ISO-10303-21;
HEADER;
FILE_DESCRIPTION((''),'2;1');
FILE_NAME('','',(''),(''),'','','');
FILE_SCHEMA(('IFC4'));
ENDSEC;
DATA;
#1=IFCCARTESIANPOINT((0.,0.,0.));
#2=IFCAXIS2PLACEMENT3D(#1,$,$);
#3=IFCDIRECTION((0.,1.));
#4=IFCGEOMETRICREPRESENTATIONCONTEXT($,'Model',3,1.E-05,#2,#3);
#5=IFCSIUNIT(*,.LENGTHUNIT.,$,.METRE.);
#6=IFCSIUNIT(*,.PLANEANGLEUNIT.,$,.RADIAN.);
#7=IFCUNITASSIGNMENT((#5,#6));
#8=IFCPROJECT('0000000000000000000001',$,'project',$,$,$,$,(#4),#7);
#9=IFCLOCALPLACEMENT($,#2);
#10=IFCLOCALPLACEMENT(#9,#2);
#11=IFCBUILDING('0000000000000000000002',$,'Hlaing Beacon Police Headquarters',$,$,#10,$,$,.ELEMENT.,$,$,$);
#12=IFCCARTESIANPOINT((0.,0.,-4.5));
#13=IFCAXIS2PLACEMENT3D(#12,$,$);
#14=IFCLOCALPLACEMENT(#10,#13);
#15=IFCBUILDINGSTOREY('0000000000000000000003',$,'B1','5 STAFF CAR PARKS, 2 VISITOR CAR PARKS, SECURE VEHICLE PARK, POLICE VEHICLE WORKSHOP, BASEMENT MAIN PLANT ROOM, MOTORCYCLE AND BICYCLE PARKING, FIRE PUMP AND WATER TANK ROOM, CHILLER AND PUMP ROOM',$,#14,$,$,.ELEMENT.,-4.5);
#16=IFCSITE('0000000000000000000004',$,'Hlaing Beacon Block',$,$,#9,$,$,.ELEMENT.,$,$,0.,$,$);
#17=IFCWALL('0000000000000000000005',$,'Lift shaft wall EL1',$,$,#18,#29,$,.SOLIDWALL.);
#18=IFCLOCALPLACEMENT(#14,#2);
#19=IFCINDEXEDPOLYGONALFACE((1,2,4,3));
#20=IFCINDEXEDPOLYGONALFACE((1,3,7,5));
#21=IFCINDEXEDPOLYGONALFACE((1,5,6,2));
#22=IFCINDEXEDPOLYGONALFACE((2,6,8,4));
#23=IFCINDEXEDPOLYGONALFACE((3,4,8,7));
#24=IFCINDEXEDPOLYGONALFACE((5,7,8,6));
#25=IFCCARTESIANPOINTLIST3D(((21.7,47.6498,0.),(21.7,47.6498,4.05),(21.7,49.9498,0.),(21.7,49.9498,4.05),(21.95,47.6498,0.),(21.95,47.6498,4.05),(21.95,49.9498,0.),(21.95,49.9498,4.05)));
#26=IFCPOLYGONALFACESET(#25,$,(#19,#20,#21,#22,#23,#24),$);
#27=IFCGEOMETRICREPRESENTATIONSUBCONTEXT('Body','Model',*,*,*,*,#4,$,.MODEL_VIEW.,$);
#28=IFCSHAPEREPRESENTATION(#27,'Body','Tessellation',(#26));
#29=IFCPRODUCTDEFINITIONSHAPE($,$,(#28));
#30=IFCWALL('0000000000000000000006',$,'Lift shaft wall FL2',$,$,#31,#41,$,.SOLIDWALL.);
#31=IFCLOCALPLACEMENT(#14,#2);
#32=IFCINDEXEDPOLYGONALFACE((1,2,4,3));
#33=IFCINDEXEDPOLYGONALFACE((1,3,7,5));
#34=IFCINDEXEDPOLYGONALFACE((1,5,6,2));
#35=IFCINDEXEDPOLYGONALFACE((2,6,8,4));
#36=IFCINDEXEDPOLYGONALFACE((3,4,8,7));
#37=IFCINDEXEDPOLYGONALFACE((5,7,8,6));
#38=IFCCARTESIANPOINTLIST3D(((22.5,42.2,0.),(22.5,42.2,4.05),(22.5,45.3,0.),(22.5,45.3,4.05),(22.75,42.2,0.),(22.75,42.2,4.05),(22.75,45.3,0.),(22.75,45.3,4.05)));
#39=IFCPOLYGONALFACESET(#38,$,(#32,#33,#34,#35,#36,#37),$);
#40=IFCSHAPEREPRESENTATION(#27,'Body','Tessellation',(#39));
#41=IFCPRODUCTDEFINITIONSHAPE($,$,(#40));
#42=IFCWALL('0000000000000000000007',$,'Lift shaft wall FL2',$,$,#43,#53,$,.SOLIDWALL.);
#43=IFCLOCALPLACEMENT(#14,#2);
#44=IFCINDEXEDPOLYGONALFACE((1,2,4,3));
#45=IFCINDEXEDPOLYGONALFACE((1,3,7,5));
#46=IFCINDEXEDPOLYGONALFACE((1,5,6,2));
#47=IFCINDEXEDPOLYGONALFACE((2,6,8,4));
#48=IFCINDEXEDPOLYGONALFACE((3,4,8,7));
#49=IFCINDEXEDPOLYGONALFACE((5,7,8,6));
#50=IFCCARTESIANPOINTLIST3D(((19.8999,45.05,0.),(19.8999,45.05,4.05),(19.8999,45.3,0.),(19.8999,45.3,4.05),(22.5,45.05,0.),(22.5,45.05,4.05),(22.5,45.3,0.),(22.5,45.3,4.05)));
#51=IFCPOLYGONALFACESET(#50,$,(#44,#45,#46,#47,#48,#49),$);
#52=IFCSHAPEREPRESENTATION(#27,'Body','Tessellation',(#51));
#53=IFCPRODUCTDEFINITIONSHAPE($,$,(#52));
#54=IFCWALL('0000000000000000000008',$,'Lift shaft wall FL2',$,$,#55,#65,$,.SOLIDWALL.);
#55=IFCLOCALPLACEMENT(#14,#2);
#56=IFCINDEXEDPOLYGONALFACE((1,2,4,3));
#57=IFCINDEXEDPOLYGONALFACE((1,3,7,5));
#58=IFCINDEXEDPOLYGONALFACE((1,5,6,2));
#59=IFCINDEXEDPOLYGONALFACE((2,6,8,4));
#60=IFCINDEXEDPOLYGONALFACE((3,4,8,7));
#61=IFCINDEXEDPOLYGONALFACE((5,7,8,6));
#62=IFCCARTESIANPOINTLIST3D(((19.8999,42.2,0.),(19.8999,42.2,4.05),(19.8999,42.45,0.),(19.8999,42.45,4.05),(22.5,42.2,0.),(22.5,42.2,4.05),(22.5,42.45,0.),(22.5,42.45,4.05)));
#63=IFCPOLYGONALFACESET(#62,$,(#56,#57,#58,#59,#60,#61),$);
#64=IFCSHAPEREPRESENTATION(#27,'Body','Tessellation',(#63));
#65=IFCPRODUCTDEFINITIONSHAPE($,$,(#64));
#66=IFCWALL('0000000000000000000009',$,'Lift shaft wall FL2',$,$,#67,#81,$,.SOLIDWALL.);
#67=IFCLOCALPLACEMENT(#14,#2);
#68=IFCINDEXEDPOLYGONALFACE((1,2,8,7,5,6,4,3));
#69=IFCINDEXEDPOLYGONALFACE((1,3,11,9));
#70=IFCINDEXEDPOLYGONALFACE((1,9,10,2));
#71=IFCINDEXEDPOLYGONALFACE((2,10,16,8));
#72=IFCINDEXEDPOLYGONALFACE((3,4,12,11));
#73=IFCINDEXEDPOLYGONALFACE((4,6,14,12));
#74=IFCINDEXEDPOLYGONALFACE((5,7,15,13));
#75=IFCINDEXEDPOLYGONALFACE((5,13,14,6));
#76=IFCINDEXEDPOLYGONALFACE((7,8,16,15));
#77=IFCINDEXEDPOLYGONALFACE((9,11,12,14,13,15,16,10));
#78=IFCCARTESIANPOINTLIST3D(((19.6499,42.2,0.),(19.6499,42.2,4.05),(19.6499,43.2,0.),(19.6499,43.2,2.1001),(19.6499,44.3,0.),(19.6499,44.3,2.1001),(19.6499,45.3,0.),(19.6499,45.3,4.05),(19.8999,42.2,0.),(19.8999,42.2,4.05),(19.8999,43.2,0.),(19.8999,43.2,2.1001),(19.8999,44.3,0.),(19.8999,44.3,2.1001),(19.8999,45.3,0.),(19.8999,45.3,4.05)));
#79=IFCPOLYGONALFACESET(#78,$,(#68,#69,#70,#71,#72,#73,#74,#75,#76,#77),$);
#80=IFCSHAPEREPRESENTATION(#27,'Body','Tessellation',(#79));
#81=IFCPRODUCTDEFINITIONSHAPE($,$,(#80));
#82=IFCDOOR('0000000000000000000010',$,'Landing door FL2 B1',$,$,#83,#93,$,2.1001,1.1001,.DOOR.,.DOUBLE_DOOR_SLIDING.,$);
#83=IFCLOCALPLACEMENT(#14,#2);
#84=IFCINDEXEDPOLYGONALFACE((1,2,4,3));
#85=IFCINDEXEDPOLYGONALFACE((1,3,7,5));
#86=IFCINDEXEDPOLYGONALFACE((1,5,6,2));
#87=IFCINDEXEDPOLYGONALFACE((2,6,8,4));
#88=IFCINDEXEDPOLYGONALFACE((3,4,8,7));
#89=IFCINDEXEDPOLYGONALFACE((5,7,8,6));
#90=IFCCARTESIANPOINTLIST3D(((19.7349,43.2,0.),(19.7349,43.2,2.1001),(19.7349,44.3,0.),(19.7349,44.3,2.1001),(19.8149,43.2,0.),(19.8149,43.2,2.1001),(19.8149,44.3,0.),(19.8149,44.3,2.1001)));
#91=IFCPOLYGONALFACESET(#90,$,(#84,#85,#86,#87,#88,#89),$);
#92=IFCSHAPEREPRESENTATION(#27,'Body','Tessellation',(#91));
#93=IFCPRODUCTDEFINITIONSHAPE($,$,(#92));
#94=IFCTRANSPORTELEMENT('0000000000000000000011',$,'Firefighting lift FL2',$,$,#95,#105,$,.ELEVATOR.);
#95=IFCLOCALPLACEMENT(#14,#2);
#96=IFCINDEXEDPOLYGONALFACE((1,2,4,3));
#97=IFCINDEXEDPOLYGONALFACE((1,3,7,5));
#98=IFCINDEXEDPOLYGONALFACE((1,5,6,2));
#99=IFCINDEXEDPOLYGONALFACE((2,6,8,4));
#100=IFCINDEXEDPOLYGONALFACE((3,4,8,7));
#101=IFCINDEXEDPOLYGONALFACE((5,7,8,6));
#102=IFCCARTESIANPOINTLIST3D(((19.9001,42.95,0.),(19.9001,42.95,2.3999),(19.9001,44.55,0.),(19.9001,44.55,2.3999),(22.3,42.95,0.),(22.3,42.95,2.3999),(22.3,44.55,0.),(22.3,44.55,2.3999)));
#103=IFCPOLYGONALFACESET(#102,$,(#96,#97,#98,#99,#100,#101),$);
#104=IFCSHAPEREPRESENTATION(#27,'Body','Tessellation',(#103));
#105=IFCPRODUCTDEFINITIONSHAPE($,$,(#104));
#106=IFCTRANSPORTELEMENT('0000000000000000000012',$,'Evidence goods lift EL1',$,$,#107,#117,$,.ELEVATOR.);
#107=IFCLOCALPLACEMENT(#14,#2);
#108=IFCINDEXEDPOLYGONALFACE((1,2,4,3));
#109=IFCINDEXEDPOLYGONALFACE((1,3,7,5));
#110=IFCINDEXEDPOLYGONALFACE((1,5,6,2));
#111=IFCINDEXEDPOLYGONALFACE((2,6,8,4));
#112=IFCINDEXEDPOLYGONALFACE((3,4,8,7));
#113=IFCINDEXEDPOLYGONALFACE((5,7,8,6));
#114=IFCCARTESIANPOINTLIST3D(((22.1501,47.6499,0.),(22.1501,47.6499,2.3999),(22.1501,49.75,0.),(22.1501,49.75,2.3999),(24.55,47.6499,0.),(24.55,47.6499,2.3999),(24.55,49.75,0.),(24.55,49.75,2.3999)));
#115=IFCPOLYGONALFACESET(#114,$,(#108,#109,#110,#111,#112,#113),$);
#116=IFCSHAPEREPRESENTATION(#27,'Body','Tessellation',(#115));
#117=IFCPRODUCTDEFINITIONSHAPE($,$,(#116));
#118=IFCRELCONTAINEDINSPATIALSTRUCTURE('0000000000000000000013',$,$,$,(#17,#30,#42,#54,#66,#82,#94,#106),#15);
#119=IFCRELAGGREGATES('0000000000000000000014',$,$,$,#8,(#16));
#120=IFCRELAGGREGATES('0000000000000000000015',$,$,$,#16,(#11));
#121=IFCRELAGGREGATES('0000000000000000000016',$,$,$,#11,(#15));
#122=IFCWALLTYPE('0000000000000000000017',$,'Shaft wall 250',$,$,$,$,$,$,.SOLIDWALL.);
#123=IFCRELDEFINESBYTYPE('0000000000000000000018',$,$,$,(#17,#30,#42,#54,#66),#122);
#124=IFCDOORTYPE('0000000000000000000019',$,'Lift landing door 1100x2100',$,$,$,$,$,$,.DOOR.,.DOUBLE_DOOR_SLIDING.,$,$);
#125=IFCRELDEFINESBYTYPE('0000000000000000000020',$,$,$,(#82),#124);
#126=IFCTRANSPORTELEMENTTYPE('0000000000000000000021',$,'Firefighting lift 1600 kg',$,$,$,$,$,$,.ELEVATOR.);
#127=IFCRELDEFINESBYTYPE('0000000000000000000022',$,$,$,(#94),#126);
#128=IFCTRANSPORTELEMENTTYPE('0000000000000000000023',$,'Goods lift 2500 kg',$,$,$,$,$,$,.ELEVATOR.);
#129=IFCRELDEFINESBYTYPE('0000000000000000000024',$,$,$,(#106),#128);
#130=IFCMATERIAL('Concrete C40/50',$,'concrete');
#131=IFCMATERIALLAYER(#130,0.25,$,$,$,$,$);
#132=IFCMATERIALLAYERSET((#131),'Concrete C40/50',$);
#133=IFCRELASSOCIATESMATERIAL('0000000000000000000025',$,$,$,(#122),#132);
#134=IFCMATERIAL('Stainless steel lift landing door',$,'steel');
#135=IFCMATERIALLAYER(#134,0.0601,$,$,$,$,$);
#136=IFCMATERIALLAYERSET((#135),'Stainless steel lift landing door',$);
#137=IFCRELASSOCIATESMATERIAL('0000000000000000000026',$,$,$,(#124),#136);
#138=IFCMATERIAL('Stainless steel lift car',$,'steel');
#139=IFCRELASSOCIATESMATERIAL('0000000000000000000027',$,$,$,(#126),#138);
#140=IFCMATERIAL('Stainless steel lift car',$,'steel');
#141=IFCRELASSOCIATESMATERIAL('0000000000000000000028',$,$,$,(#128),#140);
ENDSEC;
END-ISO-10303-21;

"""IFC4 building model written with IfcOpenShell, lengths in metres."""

from ifc_helpers import new_model, si_unit, direction, frame, frame_2d, origin, origin_2d, place, context, subcontext, project, spatial, rectangle, extrude, material, layer, layer_set, type_object, element, fill, save


model = new_model("IFC4")

# Units and contexts
model_context = context("Model", 3, precision=1e-05, world=origin(), true_north=direction((0.0, 1.0)))
body_context = subcontext(model_context, "Body", "Model", "MODEL_VIEW")
ifc_project = project(units=[si_unit("LENGTHUNIT", "METRE"), si_unit("PLANEANGLEUNIT", "RADIAN")], contexts=[model_context])

# Site, building, storey
site_placement = place(None, origin())
site = spatial("IfcSite", under=ifc_project, at=site_placement, Name="Hlaing Beacon Block", CompositionType="ELEMENT", RefElevation=0.0)
building_placement = place(site_placement, origin())
building = spatial("IfcBuilding", under=site, at=building_placement, Name="Hlaing Beacon Police Headquarters", CompositionType="ELEMENT")
storey_placement = place(building_placement, frame((0.0, 0.0, -4.5)))
storey = spatial("IfcBuildingStorey", under=building, at=storey_placement, Name="B1", Description="5 STAFF CAR PARKS, 2 VISITOR CAR PARKS, SECURE VEHICLE PARK, POLICE VEHICLE WORKSHOP, BASEMENT MAIN PLANT ROOM, MOTORCYCLE AND BICYCLE PARKING, FIRE PUMP AND WATER TANK ROOM, CHILLER AND PUMP ROOM", CompositionType="ELEMENT", Elevation=-4.5)

# Shared definitions
ifc_material_1 = material(Name="Concrete C40/50", Category="concrete")
ifc_layer_1 = layer(ifc_material_1, 0.25)
ifc_layer_set_1 = layer_set([ifc_layer_1], Name="Concrete C40/50")
wall_type_1 = type_object("IfcWallType", Name="Shaft wall 250", PredefinedType="SOLIDWALL", material=ifc_layer_set_1)

# Walls
wall_1_placement = place(storey_placement, frame((21.825, 47.6499, 0.0), z_axis=(0.0, 0.0, 1.0), x_axis=(0.0, 1.0, 0.0)))
element("IfcWall", 1, at=wall_1_placement, inside=storey, type_object=wall_type_1, Name="Lift shaft wall EL1", PredefinedType="SOLIDWALL", context=body_context, shape_type="SweptSolid", body=[
    extrude(rectangle(XDim=2.3, YDim=0.25, at=frame_2d((1.1499, 0.0))), origin(), (0.0, 0.0, 1.0), 4.05),
])
wall_2_placement = place(storey_placement, frame((22.625, 42.2, 0.0), z_axis=(0.0, 0.0, 1.0), x_axis=(0.0, 1.0, 0.0)))
element("IfcWall", 2, at=wall_2_placement, inside=storey, type_object=wall_type_1, Name="Lift shaft wall FL2", PredefinedType="SOLIDWALL", context=body_context, shape_type="SweptSolid", body=[
    extrude(rectangle(XDim=3.1001, YDim=0.25, at=frame_2d((1.55, 0.0))), origin(), (0.0, 0.0, 1.0), 4.05),
])
for number, where, z_axis, x_axis, name in (
    (3, (19.8999, 45.175, 0.0), (0.0, 0.0, 1.0), (1.0, 0.0, 0.0), "Lift shaft wall FL2"),
    (4, (19.8999, 42.325, 0.0), (0.0, 0.0, 1.0), (1.0, 0.0, 0.0), "Lift shaft wall FL2"),
):
    element("IfcWall", number, at=place(storey_placement, frame(where, z_axis=z_axis, x_axis=x_axis)), inside=storey, type_object=wall_type_1, Name=name, PredefinedType="SOLIDWALL", context=body_context, shape_type="SweptSolid", body=[
        extrude(rectangle(XDim=2.6001, YDim=0.25, at=frame_2d((1.3, 0.0))), origin(), (0.0, 0.0, 1.0), 4.05),
    ])

# Wall, opening, door
wall_3_placement = place(storey_placement, frame((19.7749, 42.2, 0.0), z_axis=(0.0, 0.0, 1.0), x_axis=(0.0, 1.0, 0.0)))
wall_3 = element("IfcWall", 5, at=wall_3_placement, inside=storey, type_object=wall_type_1, Name="Lift shaft wall FL2", PredefinedType="SOLIDWALL", context=body_context, shape_type="SweptSolid", body=[
    extrude(rectangle(XDim=3.1001, YDim=0.25, at=frame_2d((1.55, 0.0))), origin(), (0.0, 0.0, 1.0), 4.05),
])
opening_1_placement = place(wall_3_placement, frame((1.0, 0.0, 0.0)))
opening_1 = element("IfcOpeningElement", 6, at=opening_1_placement, cuts=wall_3, PredefinedType="OPENING", context=body_context, shape_type="SweptSolid", body=[
    extrude(rectangle(XDim=1.1001, YDim=2.1001, at=frame_2d((0.55, 1.05))), frame((0.0, 0.135, 0.0), z_axis=(0.0, -1.0, 0.0), x_axis=(1.0, 0.0, 0.0)), (0.0, 0.0, 1.0), 0.27),
])
ifc_material_2 = material(Name="Stainless steel lift landing door", Category="steel")
ifc_layer_2 = layer(ifc_material_2, 0.0601)
ifc_layer_set_2 = layer_set([ifc_layer_2], Name="Stainless steel lift landing door")
door_type_1 = type_object("IfcDoorType", Name="Lift landing door 1100x2100", OperationType="DOUBLE_DOOR_SLIDING", PredefinedType="DOOR", material=ifc_layer_set_2)
door_1_placement = place(opening_1_placement, origin())
door_1 = element("IfcDoor", 7, at=door_1_placement, inside=storey, type_object=door_type_1, Name="Landing door FL2 B1", OperationType="DOUBLE_DOOR_SLIDING", OverallHeight=2.1001, OverallWidth=1.1001, PredefinedType="DOOR", context=body_context, shape_type="SweptSolid", body=[
    extrude(rectangle(XDim=1.1001, YDim=2.1001, at=frame_2d((0.55, 1.05))), frame((0.0, 0.04, 0.0), z_axis=(0.0, -1.0, 0.0), x_axis=(1.0, 0.0, 0.0)), (0.0, 0.0, 1.0), 0.0801),
])
fill(opening_1, door_1)

# Transport elements
ifc_material_3 = material(Name="Stainless steel lift car", Category="steel")
transport_element_type_1 = type_object("IfcTransportElementType", Name="Firefighting lift 1600 kg", PredefinedType="ELEVATOR", material=ifc_material_3)
transport_element_1_placement = place(storey_placement, frame((21.1001, 43.75, 0.0), z_axis=(0.0, 0.0, 1.0), x_axis=(1.0, 0.0, 0.0)))
element("IfcTransportElement", 8, at=transport_element_1_placement, inside=storey, type_object=transport_element_type_1, Name="Firefighting lift FL2", PredefinedType="ELEVATOR", context=body_context, shape_type="SweptSolid", body=[
    extrude(rectangle(XDim=2.3999, YDim=1.6001, at=origin_2d()), origin(), (0.0, 0.0, 1.0), 2.3999),
])
ifc_material_4 = material(Name="Stainless steel lift car", Category="steel")
transport_element_type_2 = type_object("IfcTransportElementType", Name="Goods lift 2500 kg", PredefinedType="ELEVATOR", material=ifc_material_4)
transport_element_2_placement = place(storey_placement, frame((23.3501, 48.7, 0.0), z_axis=(0.0, 0.0, 1.0), x_axis=(1.0, 0.0, 0.0)))
element("IfcTransportElement", 9, at=transport_element_2_placement, inside=storey, type_object=transport_element_type_2, Name="Evidence goods lift EL1", PredefinedType="ELEVATOR", context=body_context, shape_type="SweptSolid", body=[
    extrude(rectangle(XDim=2.3999, YDim=2.1001, at=origin_2d()), origin(), (0.0, 0.0, 1.0), 2.3999),
])

save(model, "model.ifc")
